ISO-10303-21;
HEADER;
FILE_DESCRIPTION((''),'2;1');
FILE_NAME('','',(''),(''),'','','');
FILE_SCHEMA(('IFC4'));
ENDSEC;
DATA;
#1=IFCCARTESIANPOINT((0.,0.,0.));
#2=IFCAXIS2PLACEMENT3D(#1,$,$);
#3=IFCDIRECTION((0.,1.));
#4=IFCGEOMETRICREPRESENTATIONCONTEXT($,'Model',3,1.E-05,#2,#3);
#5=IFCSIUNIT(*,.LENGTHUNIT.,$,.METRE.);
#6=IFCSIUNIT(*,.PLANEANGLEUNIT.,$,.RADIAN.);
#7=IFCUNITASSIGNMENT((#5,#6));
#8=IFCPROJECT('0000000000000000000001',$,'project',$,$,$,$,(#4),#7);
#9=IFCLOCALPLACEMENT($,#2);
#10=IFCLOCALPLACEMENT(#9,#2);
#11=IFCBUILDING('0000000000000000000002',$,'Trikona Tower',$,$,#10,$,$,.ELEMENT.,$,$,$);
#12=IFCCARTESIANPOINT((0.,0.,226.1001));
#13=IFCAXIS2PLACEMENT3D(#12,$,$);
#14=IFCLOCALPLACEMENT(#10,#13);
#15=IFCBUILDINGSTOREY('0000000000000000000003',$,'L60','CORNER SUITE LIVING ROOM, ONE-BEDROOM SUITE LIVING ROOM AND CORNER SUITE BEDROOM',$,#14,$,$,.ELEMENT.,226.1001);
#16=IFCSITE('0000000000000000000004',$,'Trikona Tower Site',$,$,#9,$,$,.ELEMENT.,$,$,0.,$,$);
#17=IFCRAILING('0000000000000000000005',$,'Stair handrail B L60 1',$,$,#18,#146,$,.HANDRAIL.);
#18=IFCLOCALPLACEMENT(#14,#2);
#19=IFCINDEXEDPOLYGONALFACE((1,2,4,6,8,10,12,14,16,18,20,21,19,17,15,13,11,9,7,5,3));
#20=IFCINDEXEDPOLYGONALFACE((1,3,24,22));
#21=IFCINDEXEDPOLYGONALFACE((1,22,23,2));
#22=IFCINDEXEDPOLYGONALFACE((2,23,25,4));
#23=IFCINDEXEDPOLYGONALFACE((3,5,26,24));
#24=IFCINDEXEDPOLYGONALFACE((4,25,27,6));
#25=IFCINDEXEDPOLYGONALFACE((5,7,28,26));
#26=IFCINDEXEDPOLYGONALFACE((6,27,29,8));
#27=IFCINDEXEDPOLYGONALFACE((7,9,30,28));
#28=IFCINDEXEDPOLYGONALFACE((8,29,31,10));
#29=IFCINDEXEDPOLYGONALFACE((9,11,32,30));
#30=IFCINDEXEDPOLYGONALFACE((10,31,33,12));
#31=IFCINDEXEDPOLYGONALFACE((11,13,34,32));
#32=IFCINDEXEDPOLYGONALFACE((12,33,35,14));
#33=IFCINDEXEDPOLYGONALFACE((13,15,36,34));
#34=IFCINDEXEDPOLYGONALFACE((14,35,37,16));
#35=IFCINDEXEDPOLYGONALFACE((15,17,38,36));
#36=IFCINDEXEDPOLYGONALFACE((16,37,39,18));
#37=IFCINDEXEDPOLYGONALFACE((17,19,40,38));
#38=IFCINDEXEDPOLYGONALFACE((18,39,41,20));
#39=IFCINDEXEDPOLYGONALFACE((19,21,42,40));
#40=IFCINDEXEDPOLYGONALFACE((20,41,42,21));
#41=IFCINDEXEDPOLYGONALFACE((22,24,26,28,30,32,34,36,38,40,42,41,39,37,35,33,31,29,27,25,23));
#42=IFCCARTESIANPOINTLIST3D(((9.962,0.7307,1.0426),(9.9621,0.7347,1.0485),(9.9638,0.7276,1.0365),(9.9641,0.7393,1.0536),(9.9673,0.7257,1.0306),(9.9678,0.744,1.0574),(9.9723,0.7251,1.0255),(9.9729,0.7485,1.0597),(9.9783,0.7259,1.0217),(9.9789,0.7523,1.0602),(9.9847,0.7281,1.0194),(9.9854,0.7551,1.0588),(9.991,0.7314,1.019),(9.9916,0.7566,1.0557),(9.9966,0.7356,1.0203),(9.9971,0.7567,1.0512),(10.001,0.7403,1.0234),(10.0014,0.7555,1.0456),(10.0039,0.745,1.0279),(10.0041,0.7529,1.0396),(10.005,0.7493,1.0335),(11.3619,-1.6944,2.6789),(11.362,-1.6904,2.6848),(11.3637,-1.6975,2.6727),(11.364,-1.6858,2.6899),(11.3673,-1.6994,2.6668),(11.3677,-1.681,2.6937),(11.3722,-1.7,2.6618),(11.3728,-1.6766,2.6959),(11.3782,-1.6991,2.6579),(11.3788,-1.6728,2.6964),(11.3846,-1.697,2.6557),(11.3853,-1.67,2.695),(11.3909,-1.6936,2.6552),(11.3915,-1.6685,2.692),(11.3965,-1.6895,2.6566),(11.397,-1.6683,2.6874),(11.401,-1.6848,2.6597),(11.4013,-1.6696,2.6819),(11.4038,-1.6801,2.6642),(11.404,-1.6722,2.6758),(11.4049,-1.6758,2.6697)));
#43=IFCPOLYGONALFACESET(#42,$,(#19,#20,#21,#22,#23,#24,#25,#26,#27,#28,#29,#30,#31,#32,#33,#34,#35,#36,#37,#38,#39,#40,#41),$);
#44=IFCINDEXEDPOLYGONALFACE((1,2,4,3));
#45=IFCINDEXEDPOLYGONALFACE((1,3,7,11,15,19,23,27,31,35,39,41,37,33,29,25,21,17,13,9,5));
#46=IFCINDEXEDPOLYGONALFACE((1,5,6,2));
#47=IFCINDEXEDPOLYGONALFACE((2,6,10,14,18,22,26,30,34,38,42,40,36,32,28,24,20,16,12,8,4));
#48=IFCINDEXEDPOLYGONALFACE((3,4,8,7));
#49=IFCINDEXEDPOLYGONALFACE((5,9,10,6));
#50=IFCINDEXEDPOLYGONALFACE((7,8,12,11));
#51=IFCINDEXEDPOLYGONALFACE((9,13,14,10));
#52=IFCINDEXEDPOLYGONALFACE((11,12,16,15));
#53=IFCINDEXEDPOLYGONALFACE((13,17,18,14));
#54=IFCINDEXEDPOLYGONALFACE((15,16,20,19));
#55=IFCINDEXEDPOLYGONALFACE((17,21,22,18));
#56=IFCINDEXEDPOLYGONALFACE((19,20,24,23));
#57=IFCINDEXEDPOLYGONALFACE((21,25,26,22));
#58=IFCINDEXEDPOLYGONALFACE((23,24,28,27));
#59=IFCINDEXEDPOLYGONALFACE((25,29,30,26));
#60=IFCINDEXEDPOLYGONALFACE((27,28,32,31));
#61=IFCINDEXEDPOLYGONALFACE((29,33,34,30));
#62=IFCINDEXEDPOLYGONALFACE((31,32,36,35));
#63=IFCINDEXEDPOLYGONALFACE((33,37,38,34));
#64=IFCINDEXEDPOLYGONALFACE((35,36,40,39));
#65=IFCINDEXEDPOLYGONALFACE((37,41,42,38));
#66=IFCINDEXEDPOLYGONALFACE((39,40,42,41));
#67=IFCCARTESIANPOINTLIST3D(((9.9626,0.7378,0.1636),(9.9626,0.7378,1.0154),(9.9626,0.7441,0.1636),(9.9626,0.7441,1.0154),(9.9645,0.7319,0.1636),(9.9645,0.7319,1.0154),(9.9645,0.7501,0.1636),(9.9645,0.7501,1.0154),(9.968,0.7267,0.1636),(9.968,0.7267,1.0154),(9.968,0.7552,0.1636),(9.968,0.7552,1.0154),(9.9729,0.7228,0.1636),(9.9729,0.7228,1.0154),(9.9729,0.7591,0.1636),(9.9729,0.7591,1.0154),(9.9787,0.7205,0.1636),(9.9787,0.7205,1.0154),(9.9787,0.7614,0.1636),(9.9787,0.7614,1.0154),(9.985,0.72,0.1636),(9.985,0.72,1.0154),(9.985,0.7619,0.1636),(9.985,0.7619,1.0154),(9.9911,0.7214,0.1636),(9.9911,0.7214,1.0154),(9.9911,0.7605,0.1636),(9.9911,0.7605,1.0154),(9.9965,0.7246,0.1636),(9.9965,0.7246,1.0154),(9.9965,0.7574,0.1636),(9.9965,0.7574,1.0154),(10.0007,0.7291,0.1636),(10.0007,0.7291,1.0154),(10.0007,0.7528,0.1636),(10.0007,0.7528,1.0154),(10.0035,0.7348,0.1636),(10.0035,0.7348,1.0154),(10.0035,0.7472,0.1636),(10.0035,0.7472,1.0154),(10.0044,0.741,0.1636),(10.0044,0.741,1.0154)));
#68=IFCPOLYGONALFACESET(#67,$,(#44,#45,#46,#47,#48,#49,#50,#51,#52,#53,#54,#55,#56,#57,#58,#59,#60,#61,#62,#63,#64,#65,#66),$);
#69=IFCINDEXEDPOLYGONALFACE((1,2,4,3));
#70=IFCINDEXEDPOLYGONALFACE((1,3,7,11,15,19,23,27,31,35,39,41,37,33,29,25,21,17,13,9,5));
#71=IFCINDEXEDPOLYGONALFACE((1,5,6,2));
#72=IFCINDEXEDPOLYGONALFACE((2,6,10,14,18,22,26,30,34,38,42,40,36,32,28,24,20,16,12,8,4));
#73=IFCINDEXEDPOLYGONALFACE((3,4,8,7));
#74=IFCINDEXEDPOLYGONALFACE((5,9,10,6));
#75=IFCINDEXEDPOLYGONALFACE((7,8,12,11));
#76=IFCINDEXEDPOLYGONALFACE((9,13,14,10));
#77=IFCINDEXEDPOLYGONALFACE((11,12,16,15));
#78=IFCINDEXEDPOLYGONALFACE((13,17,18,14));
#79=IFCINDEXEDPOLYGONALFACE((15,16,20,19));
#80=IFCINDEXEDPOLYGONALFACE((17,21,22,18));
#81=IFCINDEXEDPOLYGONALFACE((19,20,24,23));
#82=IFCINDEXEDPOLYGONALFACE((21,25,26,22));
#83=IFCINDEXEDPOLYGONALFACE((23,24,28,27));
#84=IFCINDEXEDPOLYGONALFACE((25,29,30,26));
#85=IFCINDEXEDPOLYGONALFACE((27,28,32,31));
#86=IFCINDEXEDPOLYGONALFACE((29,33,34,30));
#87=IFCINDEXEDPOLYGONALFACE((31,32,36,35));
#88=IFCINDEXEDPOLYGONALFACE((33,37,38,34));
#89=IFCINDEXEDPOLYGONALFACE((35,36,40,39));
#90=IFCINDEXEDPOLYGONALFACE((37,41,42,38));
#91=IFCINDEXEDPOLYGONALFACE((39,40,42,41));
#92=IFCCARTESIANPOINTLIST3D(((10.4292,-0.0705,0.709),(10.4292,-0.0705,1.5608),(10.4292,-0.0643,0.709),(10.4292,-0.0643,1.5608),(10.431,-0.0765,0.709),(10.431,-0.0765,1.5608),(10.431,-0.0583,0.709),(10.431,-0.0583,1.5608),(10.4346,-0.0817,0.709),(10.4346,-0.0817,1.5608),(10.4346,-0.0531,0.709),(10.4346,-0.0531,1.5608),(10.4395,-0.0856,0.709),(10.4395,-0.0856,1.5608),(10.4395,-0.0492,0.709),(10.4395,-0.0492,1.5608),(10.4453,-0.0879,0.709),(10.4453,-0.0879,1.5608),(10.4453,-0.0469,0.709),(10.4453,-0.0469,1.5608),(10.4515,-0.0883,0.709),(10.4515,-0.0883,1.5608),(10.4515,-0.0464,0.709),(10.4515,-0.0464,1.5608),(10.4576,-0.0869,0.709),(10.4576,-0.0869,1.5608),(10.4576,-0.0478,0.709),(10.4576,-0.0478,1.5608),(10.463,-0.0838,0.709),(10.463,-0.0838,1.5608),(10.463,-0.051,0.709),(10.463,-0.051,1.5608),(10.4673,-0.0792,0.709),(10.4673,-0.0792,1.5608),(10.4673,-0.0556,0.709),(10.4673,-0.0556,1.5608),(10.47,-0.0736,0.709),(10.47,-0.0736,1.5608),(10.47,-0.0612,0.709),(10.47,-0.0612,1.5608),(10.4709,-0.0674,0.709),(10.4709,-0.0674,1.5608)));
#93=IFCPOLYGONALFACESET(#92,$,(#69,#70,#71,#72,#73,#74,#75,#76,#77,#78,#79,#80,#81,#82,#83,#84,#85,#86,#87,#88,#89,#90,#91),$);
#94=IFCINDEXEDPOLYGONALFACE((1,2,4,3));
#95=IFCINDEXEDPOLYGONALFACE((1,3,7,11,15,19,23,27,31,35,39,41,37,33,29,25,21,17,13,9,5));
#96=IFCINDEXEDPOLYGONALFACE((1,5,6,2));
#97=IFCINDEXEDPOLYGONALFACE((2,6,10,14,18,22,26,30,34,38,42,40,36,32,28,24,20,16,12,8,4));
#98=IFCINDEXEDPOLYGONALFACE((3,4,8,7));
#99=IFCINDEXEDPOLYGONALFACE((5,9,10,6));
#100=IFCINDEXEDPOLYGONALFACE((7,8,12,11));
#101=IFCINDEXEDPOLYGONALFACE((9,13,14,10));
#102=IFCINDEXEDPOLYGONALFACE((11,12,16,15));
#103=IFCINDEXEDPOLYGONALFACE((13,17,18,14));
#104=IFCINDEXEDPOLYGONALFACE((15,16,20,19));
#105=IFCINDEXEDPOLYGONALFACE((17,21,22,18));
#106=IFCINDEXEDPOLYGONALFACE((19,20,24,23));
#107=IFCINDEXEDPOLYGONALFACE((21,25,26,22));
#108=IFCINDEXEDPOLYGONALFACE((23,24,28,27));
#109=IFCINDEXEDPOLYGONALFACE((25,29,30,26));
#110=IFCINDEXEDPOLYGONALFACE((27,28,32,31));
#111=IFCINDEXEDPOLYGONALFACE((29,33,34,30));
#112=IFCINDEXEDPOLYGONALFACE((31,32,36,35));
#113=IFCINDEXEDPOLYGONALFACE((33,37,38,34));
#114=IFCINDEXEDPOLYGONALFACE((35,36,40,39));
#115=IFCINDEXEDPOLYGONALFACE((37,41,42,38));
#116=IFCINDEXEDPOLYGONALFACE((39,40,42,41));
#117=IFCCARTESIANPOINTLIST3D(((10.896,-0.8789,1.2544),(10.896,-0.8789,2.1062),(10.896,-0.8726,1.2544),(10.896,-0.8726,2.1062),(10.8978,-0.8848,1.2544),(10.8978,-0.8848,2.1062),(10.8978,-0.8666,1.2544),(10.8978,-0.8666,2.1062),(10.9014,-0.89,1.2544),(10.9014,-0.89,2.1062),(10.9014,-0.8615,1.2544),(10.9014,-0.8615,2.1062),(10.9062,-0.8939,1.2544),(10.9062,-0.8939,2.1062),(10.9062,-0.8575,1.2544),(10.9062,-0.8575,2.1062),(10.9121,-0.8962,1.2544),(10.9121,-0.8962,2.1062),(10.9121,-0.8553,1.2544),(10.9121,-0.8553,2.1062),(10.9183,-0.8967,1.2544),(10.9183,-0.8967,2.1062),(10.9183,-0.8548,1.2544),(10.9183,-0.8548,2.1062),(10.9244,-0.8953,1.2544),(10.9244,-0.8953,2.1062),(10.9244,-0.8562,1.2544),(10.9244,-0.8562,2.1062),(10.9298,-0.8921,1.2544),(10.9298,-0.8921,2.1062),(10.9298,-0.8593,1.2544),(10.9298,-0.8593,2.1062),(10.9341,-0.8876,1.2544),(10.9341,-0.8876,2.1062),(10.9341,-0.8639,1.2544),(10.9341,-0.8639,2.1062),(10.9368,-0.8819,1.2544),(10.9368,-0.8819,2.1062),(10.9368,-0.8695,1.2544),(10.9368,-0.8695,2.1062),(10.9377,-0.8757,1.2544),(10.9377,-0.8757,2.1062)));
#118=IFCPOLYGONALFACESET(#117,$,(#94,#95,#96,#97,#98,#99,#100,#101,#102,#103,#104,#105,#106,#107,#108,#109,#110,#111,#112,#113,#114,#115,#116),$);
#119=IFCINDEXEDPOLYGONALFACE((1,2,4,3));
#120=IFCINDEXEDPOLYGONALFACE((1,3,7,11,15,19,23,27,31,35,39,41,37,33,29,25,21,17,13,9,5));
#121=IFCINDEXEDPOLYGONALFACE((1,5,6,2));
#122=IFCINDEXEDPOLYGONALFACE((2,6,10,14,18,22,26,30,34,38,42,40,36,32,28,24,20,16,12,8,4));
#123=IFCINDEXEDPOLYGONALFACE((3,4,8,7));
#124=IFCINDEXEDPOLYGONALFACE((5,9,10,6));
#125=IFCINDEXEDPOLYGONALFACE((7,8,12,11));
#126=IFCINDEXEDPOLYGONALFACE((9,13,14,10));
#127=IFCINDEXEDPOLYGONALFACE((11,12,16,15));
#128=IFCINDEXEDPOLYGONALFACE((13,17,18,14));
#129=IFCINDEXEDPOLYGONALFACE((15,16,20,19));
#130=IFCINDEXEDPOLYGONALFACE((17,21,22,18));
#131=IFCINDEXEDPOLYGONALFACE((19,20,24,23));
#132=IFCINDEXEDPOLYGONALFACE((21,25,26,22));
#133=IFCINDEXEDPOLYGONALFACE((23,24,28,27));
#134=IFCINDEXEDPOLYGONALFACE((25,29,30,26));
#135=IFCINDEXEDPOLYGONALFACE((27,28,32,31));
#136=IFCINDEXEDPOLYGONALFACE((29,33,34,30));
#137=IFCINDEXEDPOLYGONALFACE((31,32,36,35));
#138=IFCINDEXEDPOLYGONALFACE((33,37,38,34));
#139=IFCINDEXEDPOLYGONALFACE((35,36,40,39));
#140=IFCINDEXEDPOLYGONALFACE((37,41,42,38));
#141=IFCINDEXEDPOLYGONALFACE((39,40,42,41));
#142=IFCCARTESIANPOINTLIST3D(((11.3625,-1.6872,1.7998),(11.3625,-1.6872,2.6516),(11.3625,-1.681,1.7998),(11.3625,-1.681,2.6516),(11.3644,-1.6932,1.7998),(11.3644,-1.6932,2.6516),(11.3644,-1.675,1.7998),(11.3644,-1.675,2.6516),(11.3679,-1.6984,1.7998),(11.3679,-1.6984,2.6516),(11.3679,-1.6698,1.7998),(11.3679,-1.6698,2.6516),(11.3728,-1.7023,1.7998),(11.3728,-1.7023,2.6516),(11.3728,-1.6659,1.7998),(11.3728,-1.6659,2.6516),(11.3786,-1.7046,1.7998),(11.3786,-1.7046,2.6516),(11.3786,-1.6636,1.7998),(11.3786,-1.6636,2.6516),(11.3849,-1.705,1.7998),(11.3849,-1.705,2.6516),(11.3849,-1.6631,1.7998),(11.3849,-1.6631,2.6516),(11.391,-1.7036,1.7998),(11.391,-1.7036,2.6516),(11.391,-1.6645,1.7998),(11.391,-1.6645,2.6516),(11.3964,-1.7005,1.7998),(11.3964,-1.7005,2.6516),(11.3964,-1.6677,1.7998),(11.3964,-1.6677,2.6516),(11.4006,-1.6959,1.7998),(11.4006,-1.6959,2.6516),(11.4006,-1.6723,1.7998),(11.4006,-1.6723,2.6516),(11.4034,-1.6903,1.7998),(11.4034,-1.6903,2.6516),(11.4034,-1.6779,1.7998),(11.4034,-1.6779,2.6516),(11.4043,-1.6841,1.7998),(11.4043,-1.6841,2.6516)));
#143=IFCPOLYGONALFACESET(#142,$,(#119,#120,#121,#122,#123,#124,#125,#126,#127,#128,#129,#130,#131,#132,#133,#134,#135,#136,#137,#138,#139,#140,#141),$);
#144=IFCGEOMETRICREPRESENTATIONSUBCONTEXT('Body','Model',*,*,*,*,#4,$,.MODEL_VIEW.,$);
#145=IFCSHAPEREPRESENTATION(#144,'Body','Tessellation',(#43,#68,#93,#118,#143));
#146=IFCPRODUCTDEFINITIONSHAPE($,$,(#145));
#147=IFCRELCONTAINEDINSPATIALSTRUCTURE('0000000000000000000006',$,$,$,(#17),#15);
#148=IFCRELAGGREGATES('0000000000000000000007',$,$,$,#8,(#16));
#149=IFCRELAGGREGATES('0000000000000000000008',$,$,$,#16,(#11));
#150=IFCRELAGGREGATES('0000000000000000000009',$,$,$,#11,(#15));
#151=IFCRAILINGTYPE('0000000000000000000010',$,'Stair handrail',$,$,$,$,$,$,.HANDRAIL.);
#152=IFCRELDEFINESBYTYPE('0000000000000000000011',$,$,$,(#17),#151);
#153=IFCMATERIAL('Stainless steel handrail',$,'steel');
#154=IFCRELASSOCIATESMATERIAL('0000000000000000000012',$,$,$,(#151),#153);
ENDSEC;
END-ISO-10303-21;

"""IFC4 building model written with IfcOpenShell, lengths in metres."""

from ifc_helpers import new_model, si_unit, direction, frame, origin, origin_2d, place, context, subcontext, project, spatial, circle, extrude, material, type_object, element, save


model = new_model("IFC4")

# Units and contexts
model_context = context("Model", 3, precision=1e-05, world=origin(), true_north=direction((0.0, 1.0)))
body_context = subcontext(model_context, "Body", "Model", "MODEL_VIEW")
ifc_project = project(units=[si_unit("LENGTHUNIT", "METRE"), si_unit("PLANEANGLEUNIT", "RADIAN")], contexts=[model_context])

# Site, building, storey
site_placement = place(None, origin())
site = spatial("IfcSite", under=ifc_project, at=site_placement, Name="Trikona Tower Site", CompositionType="ELEMENT", RefElevation=0.0)
building_placement = place(site_placement, origin())
building = spatial("IfcBuilding", under=site, at=building_placement, Name="Trikona Tower", CompositionType="ELEMENT")
storey_placement = place(building_placement, frame((0.0, 0.0, 226.1001)))
storey = spatial("IfcBuildingStorey", under=building, at=storey_placement, Name="L60", Description="CORNER SUITE LIVING ROOM, ONE-BEDROOM SUITE LIVING ROOM AND CORNER SUITE BEDROOM", CompositionType="ELEMENT", Elevation=226.1001)

# Railing
ifc_material_1 = material(Name="Stainless steel handrail", Category="steel")
railing_type = type_object("IfcRailingType", Name="Stair handrail", PredefinedType="HANDRAIL", material=ifc_material_1)
railing_placement = place(storey_placement, frame((9.9834, 0.741, 0.1636)))
element("IfcRailing", 1, at=railing_placement, inside=storey, type_object=railing_type, Name="Stair handrail B L60 1", PredefinedType="HANDRAIL", context=body_context, shape_type="SweptSolid", body=[
    extrude(circle(Radius=0.0239, at=origin_2d()), frame((0.0, 0.0, 0.876), z_axis=(0.431653, -0.747751, 0.504523), x_axis=(0.866056, 0.499946, 0.0)), (0.0, 0.0, 1.0), 3.2432),
    extrude(circle(Radius=0.021, at=origin_2d()), origin(), (0.0, 0.0, 1.0), 0.8518),
    extrude(circle(Radius=0.021, at=origin_2d()), frame((0.4666, -0.8083, 0.5454)), (0.0, 0.0, 1.0), 0.8518),
    extrude(circle(Radius=0.021, at=origin_2d()), frame((0.9333, -1.6167, 1.0908)), (0.0, 0.0, 1.0), 0.8518),
    extrude(circle(Radius=0.021, at=origin_2d()), frame((1.3999, -2.425, 1.6362)), (0.0, 0.0, 1.0), 0.8518),
])

save(model, "model.ifc")
